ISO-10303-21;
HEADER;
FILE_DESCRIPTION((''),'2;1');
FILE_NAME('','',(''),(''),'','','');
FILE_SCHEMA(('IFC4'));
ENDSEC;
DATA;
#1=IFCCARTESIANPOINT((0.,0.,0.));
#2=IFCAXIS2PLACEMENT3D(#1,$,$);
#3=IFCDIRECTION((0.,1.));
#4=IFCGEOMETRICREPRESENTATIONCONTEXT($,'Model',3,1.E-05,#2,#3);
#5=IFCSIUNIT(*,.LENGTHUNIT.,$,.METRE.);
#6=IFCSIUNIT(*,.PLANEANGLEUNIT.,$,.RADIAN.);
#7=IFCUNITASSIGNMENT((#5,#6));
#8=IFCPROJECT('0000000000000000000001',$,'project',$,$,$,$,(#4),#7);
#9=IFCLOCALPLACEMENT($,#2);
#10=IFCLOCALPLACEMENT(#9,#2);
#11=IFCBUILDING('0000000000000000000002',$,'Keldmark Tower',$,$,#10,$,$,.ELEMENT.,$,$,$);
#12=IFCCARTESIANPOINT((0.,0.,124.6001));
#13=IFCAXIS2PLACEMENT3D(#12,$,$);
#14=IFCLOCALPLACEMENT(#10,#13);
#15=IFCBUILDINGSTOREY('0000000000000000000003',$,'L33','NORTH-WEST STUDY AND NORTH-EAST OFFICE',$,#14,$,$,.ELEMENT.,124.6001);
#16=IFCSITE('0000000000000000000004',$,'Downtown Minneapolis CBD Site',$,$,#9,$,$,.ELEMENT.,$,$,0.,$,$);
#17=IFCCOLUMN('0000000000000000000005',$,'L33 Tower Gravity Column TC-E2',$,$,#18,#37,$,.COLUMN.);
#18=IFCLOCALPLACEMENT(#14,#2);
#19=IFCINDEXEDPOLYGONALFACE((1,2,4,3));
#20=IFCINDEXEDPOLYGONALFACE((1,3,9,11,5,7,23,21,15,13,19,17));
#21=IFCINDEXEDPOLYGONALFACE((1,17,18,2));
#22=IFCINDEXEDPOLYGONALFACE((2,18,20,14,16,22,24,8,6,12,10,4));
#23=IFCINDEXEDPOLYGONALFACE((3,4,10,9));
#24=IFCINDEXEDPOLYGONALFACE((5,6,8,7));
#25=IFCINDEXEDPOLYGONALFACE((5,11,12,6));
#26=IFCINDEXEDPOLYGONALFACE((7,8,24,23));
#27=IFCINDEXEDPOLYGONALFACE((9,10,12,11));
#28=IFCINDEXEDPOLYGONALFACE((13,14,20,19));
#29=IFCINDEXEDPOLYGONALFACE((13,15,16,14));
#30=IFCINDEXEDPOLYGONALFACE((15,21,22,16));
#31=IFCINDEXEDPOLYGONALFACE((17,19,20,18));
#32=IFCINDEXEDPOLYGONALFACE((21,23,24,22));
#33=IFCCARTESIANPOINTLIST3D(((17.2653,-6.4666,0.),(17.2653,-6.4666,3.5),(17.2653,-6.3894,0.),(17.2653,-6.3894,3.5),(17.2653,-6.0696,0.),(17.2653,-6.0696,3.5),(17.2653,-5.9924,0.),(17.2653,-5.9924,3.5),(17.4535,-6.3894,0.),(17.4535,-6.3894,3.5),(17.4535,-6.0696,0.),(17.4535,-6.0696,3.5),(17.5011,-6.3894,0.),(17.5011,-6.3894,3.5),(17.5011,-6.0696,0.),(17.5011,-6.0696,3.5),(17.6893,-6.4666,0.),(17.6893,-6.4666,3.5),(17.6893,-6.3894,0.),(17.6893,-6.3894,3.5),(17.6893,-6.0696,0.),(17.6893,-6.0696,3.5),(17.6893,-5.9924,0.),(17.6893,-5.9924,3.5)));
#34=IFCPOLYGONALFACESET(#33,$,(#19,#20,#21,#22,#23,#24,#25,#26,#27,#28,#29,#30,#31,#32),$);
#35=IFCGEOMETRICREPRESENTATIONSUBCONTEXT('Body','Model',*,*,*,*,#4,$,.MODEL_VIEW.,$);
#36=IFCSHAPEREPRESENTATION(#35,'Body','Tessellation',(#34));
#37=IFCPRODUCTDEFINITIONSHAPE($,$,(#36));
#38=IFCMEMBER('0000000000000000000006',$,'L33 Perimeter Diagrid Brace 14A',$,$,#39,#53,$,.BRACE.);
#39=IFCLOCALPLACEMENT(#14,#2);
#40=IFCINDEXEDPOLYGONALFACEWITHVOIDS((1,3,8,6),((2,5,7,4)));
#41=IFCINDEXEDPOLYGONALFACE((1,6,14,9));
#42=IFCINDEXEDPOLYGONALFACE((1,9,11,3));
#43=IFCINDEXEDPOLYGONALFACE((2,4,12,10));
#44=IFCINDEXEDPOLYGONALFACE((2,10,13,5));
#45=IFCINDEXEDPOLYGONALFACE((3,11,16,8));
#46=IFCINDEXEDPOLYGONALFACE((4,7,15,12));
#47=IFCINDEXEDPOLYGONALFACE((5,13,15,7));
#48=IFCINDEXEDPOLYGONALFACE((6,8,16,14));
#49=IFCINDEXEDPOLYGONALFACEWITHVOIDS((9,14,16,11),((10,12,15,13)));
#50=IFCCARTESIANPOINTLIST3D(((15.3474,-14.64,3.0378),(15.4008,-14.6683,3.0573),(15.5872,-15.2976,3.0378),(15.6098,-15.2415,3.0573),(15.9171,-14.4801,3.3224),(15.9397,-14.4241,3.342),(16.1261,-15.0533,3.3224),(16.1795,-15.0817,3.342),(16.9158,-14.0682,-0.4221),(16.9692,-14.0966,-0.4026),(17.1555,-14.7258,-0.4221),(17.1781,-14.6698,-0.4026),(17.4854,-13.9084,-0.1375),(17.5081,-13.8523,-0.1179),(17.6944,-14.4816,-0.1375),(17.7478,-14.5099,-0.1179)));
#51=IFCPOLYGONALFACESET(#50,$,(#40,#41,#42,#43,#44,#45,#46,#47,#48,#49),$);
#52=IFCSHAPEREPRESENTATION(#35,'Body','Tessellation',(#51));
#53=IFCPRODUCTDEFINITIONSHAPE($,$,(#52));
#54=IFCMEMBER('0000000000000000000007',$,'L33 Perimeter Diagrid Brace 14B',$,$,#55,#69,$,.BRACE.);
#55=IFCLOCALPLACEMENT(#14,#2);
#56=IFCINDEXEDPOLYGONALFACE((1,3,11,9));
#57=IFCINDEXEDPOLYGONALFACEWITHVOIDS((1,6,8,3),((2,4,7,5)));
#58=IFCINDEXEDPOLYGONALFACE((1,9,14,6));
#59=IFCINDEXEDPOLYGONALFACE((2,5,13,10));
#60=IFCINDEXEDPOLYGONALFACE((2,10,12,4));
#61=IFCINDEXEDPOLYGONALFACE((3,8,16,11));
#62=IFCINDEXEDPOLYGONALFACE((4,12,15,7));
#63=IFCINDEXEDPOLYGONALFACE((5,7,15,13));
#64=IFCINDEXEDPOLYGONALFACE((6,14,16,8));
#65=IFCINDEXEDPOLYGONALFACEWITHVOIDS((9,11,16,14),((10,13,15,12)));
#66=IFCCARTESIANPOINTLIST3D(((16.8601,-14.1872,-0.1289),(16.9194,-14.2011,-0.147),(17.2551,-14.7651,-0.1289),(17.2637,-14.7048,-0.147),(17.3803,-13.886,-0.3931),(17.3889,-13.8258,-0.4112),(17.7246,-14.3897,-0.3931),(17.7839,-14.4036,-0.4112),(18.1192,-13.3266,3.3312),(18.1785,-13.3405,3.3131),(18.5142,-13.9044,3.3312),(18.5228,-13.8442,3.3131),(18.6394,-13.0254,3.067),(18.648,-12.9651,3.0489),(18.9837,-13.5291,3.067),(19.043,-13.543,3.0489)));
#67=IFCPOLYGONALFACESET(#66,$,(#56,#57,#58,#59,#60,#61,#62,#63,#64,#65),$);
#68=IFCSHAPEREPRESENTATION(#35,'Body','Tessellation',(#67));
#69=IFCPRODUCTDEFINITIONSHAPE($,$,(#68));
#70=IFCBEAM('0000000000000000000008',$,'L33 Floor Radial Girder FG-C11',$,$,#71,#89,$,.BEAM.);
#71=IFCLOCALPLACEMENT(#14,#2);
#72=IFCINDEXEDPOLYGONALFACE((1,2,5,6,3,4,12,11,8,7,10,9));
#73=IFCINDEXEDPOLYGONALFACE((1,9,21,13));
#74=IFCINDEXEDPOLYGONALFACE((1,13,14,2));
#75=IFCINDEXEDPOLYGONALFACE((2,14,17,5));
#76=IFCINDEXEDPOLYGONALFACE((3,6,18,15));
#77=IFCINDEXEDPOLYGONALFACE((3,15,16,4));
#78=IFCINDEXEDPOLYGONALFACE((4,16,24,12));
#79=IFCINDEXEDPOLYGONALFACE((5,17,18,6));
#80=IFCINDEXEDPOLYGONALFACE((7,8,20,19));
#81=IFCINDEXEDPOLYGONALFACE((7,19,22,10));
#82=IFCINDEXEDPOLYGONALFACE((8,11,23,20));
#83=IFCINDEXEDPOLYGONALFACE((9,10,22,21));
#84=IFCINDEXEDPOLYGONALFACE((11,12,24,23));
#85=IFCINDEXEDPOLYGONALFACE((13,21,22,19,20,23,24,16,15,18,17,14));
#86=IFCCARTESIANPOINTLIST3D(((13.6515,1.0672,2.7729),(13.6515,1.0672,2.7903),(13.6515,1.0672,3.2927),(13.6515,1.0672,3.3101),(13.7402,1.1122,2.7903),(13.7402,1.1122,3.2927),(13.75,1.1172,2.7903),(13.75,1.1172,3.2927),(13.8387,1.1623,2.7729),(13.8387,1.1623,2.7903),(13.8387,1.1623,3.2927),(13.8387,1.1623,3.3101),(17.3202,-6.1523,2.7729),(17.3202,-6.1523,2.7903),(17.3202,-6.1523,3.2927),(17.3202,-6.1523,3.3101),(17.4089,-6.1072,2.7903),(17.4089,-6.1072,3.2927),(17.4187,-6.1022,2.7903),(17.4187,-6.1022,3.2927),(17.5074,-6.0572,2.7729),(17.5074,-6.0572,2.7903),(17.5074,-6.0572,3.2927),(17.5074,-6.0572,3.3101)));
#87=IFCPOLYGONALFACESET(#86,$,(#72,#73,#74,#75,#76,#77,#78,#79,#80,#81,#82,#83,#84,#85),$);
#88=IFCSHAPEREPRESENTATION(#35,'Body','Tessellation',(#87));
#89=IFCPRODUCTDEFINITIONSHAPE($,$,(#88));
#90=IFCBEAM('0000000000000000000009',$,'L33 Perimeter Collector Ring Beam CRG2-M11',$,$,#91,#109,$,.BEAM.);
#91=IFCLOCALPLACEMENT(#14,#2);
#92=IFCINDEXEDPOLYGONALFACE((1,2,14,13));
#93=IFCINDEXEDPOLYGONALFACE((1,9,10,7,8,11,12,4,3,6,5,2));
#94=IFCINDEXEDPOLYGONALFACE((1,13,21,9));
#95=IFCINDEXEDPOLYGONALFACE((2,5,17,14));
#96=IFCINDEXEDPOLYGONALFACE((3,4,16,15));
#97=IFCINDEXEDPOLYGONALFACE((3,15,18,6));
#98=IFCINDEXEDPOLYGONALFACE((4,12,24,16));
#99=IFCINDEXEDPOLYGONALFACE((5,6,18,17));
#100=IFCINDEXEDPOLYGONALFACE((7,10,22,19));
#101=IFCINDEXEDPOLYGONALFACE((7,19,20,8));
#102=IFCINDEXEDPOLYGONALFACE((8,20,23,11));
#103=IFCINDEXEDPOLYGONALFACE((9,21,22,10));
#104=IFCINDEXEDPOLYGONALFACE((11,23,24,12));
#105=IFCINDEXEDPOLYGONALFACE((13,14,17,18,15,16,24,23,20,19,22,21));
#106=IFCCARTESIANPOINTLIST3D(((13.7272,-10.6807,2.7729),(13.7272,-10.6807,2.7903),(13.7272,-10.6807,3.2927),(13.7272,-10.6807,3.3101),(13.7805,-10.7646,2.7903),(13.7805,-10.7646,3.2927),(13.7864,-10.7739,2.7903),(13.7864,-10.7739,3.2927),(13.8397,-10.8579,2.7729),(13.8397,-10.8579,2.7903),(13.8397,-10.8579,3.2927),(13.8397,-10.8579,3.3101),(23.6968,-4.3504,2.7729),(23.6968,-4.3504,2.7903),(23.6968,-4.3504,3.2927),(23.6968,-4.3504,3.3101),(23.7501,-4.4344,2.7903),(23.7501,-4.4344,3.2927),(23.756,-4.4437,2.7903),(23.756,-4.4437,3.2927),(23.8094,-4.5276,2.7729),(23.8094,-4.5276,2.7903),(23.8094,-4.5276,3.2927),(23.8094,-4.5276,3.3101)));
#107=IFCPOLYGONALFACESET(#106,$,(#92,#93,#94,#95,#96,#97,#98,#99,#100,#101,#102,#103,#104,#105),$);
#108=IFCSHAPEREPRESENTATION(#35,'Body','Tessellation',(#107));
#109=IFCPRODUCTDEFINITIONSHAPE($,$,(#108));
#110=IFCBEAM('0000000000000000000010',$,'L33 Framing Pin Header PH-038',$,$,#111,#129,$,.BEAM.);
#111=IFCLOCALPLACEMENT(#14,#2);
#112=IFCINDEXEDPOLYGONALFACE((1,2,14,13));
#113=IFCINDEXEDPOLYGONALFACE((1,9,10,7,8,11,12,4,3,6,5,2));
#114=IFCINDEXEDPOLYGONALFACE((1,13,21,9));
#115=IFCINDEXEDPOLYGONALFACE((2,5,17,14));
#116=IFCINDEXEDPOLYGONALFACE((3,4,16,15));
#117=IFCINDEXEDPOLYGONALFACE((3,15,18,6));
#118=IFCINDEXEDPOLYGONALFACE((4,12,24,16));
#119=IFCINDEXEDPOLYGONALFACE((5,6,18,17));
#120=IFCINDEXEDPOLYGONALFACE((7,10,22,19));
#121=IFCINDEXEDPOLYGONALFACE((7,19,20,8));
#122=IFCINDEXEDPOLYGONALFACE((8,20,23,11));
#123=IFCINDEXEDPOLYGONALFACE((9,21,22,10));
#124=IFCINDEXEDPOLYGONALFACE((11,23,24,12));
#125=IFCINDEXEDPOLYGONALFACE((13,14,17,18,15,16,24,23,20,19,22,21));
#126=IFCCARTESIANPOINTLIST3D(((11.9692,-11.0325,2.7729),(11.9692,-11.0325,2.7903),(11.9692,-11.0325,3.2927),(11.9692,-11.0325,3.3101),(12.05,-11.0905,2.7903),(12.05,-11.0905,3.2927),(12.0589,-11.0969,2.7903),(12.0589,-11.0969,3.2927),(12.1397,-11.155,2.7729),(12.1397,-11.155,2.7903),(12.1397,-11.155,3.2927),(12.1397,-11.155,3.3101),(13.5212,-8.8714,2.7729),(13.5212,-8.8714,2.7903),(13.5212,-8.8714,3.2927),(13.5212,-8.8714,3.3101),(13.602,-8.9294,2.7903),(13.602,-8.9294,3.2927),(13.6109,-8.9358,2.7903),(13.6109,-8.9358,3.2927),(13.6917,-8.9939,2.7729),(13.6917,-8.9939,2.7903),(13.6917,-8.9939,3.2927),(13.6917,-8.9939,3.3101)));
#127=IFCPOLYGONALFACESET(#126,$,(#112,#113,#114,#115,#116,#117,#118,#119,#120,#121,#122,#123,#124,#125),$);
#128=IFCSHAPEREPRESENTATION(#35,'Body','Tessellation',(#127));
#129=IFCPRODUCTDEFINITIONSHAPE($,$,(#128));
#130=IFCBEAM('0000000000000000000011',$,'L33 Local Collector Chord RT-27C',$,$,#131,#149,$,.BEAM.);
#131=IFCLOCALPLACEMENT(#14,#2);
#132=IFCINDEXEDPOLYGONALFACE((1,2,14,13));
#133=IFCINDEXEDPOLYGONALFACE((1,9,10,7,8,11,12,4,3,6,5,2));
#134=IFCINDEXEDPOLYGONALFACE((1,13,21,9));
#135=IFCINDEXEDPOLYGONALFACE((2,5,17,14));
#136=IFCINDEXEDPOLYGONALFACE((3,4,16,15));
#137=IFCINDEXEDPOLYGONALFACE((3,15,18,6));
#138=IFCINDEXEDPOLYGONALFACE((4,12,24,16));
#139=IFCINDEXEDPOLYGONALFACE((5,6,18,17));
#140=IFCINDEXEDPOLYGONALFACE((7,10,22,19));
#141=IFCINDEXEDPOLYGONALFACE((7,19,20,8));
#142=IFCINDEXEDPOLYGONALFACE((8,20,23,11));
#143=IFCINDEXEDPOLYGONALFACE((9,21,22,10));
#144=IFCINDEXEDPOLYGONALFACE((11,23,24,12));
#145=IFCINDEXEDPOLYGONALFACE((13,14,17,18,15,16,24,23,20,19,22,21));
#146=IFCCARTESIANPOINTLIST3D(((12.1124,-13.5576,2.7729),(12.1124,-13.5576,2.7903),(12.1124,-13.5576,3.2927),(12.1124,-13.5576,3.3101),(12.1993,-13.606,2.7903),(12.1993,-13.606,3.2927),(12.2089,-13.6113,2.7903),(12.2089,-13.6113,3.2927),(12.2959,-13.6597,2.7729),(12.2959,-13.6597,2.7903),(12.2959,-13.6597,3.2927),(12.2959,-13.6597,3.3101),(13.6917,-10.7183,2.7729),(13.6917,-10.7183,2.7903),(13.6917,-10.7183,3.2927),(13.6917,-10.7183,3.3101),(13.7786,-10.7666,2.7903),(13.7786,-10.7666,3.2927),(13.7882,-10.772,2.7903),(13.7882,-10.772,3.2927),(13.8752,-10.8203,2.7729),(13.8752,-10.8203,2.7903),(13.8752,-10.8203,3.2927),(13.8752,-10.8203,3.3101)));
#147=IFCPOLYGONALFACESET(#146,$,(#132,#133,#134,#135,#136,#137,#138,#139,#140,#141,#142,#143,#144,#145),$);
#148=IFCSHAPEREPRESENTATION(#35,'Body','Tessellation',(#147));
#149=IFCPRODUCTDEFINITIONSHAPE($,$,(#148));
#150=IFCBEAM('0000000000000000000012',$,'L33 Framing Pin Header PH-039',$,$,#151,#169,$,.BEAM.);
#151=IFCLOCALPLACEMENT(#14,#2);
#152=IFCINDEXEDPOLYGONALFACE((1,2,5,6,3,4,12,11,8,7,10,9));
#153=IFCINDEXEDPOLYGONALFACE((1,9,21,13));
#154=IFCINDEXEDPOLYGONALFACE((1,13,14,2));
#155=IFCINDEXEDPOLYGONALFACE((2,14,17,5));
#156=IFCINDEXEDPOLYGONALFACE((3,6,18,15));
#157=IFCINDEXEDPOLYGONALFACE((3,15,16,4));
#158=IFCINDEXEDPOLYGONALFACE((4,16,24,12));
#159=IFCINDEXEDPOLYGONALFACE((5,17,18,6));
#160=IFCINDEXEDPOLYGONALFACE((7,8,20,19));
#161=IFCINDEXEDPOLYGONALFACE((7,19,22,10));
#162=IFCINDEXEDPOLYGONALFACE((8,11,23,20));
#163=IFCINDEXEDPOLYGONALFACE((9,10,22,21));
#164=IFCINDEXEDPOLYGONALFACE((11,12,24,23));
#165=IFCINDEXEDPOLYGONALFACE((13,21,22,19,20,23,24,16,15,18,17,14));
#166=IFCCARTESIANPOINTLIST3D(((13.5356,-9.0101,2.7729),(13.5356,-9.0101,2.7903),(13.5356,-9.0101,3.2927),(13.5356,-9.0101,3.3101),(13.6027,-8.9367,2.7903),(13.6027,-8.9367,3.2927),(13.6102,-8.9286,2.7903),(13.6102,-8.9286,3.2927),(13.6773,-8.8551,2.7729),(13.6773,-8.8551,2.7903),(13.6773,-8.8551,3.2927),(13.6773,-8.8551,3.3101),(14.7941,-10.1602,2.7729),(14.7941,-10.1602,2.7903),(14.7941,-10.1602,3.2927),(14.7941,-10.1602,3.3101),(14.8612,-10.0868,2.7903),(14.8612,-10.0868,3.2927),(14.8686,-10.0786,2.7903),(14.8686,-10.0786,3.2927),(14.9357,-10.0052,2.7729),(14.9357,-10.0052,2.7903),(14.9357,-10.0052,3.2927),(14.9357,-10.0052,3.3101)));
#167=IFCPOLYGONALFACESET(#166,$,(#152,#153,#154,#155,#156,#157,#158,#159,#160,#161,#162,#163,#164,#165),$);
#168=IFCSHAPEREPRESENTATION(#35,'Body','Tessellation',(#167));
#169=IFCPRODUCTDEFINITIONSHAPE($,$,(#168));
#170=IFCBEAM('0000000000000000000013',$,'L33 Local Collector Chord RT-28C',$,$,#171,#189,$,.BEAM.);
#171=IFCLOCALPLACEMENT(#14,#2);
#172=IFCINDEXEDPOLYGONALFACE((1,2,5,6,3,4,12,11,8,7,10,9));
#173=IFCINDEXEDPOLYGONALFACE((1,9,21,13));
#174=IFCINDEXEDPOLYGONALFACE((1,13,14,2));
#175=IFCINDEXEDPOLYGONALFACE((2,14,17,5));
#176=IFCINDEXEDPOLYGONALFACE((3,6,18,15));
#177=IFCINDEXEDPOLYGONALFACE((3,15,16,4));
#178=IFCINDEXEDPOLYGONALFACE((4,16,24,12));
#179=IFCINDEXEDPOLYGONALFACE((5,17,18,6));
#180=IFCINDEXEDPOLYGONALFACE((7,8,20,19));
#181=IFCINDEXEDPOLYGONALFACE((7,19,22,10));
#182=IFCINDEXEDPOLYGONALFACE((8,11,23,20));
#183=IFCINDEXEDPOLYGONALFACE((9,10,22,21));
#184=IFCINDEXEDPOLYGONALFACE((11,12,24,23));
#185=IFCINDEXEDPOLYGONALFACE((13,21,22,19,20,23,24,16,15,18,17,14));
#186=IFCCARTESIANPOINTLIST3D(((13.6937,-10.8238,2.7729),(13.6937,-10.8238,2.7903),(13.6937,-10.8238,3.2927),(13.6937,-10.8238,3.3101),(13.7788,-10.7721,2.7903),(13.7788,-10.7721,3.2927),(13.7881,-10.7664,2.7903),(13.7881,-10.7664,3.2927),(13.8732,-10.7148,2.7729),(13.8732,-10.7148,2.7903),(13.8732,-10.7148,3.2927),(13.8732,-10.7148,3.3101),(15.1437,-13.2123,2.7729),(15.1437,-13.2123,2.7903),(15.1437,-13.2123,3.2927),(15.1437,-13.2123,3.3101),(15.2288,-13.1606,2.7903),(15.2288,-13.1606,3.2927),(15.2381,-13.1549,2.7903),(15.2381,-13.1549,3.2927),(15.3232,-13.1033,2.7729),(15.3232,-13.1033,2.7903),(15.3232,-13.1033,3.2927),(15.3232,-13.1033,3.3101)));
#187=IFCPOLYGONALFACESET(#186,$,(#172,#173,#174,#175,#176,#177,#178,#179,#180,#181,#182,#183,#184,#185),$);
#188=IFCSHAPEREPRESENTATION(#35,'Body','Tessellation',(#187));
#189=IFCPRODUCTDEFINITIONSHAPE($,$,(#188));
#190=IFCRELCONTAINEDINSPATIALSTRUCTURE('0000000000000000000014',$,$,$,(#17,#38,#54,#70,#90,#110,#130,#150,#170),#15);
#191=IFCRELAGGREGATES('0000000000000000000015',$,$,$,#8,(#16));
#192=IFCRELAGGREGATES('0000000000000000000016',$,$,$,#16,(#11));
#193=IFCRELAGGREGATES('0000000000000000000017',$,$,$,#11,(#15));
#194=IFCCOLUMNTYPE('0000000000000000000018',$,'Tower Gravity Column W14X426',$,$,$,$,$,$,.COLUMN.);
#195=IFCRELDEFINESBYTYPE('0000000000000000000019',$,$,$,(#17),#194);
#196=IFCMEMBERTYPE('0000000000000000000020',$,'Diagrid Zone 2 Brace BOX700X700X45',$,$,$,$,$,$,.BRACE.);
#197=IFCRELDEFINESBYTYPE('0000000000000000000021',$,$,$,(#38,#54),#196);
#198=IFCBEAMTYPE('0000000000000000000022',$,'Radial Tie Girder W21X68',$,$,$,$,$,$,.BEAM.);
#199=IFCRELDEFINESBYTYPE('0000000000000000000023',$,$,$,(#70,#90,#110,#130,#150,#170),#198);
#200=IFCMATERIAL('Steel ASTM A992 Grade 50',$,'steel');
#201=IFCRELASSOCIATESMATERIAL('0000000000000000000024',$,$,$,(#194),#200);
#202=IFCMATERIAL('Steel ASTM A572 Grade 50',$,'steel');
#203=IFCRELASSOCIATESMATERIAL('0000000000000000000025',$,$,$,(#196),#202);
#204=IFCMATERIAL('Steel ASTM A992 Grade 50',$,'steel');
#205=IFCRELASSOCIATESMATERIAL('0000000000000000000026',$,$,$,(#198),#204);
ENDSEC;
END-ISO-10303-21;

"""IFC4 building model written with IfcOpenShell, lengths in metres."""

from ifc_helpers import new_model, si_unit, direction, frame, origin, origin_2d, place, context, subcontext, project, spatial, hollow_rectangle, i_section, extrude, material, material_profile, profile_set, type_object, element, save


model = new_model("IFC4")

# Units and contexts
model_context = context("Model", 3, precision=1e-05, world=origin(), true_north=direction((0.0, 1.0)))
body_context = subcontext(model_context, "Body", "Model", "MODEL_VIEW")
ifc_project = project(units=[si_unit("LENGTHUNIT", "METRE"), si_unit("PLANEANGLEUNIT", "RADIAN")], contexts=[model_context])

# Site, building, storey
site_placement = place(None, origin())
site = spatial("IfcSite", under=ifc_project, at=site_placement, Name="Downtown Minneapolis CBD Site", CompositionType="ELEMENT", RefElevation=0.0)
building_placement = place(site_placement, origin())
building = spatial("IfcBuilding", under=site, at=building_placement, Name="Keldmark Tower", CompositionType="ELEMENT")
storey_placement = place(building_placement, frame((0.0, 0.0, 124.6001)))
storey = spatial("IfcBuildingStorey", under=building, at=storey_placement, Name="L33", Description="NORTH-WEST STUDY AND NORTH-EAST OFFICE", CompositionType="ELEMENT", Elevation=124.6001)

# Column
ifc_material_1 = material(Name="Steel ASTM A992 Grade 50", Category="steel")
ifc_material_profile_1 = material_profile(ifc_material_1, i_section(OverallWidth=0.4241, OverallDepth=0.4741, WebThickness=0.0476, FlangeThickness=0.0771, at=origin_2d()), Name="W14X426")
ifc_profile_set_1 = profile_set([ifc_material_profile_1], Name="Steel ASTM A992 Grade 50")
column_type = type_object("IfcColumnType", Name="Tower Gravity Column W14X426", PredefinedType="COLUMN", material=ifc_profile_set_1)
column_placement = place(storey_placement, frame((17.4773, -6.2295, 0.0), z_axis=(0.0, 0.0, 1.0), x_axis=(1.0, 0.0, 0.0)))
element("IfcColumn", 1, at=column_placement, inside=storey, type_object=column_type, Name="L33 Tower Gravity Column TC-E2", PredefinedType="COLUMN", context=body_context, shape_type="SweptSolid", body=[
    extrude(i_section(OverallWidth=0.4241, OverallDepth=0.4741, WebThickness=0.0476, FlangeThickness=0.0771, at=origin_2d()), origin(), (0.0, 0.0, 1.0), 3.5),
])

# Members
ifc_material_2 = material(Name="Steel ASTM A572 Grade 50", Category="steel")
ifc_material_profile_2 = material_profile(ifc_material_2, hollow_rectangle(XDim=0.7, YDim=0.7, WallThickness=0.0449, at=origin_2d()), Name="BOX700X700X45")
ifc_profile_set_2 = profile_set([ifc_material_profile_2], Name="Steel ASTM A572 Grade 50")
member_type = type_object("IfcMemberType", Name="Diagrid Zone 2 Brace BOX700X700X45", PredefinedType="BRACE", material=ifc_profile_set_2)
member_1_placement = place(storey_placement, frame((17.3318, -14.2891, -0.27), z_axis=(-0.408255, -0.148838, 0.900653), x_axis=(0.342518, -0.939511, 0.0)))
element("IfcMember", 2, at=member_1_placement, inside=storey, type_object=member_type, Name="L33 Perimeter Diagrid Brace 14A", PredefinedType="BRACE", context=body_context, shape_type="SweptSolid", body=[
    extrude(hollow_rectangle(XDim=0.7, YDim=0.7, WallThickness=0.0449, at=origin_2d()), origin(), (0.0, 0.0, 1.0), 3.8416),
])
member_2_placement = place(storey_placement, frame((17.322, -14.2954, -0.27), z_axis=(0.332976, 0.227601, 0.915054), x_axis=(-0.564305, 0.825566, 0.0)))
element("IfcMember", 3, at=member_2_placement, inside=storey, type_object=member_type, Name="L33 Perimeter Diagrid Brace 14B", PredefinedType="BRACE", context=body_context, shape_type="SweptSolid", body=[
    extrude(hollow_rectangle(XDim=0.7, YDim=0.7, WallThickness=0.0449, at=origin_2d()), origin(), (0.0, 0.0, 1.0), 3.7812),
])

# Beams
ifc_material_3 = material(Name="Steel ASTM A992 Grade 50", Category="steel")
ifc_material_profile_3 = material_profile(ifc_material_3, i_section(OverallWidth=0.21, OverallDepth=0.5371, WebThickness=0.011, FlangeThickness=0.0173, at=origin_2d()), Name="W21X68")
ifc_profile_set_3 = profile_set([ifc_material_profile_3], Name="Steel ASTM A992 Grade 50")
beam_type_1 = type_object("IfcBeamType", Name="Radial Tie Girder W21X68", PredefinedType="BEAM", material=ifc_profile_set_3)
beam_1_placement = place(storey_placement, frame((17.4138, -6.1047, 3.0415), z_axis=(-0.453029, 0.891496, 0.0), x_axis=(-0.891496, -0.453029, 0.0)))
element("IfcBeam", 4, at=beam_1_placement, inside=storey, type_object=beam_type_1, Name="L33 Floor Radial Girder FG-C11", PredefinedType="BEAM", context=body_context, shape_type="SweptSolid", body=[
    extrude(i_section(OverallWidth=0.21, OverallDepth=0.5371, WebThickness=0.011, FlangeThickness=0.0173, at=origin_2d()), origin(), (0.0, 0.0, 1.0), 8.0981),
])
beam_2_placement = place(storey_placement, frame((13.7834, -10.7693, 3.0415), z_axis=(0.8442, 0.536028, 0.0), x_axis=(-0.536028, 0.8442, 0.0)))
element("IfcBeam", 5, at=beam_2_placement, inside=storey, type_object=beam_type_1, Name="L33 Perimeter Collector Ring Beam CRG2-M11", PredefinedType="BEAM", context=body_context, shape_type="SweptSolid", body=[
    extrude(i_section(OverallWidth=0.21, OverallDepth=0.5371, WebThickness=0.011, FlangeThickness=0.0173, at=origin_2d()), origin(), (0.0, 0.0, 1.0), 11.8096),
])
beam_3_placement = place(storey_placement, frame((13.6064, -8.9326, 3.0415), z_axis=(-0.583311, -0.812249, 0.0), x_axis=(0.812249, -0.583311, 0.0)))
element("IfcBeam", 6, at=beam_3_placement, inside=storey, type_object=beam_type_1, Name="L33 Framing Pin Header PH-038", PredefinedType="BEAM", context=body_context, shape_type="SweptSolid", body=[
    extrude(i_section(OverallWidth=0.21, OverallDepth=0.5371, WebThickness=0.011, FlangeThickness=0.0173, at=origin_2d()), origin(), (0.0, 0.0, 1.0), 2.6606),
])
beam_4_placement = place(storey_placement, frame((13.7834, -10.7693, 3.0415), z_axis=(-0.486096, -0.873906, 0.0), x_axis=(0.873906, -0.486096, 0.0)))
element("IfcBeam", 7, at=beam_4_placement, inside=storey, type_object=beam_type_1, Name="L33 Local Collector Chord RT-27C", PredefinedType="BEAM", context=body_context, shape_type="SweptSolid", body=[
    extrude(i_section(OverallWidth=0.21, OverallDepth=0.5371, WebThickness=0.011, FlangeThickness=0.0173, at=origin_2d()), origin(), (0.0, 0.0, 1.0), 3.249),
])
beam_5_placement = place(storey_placement, frame((13.6064, -8.9326, 3.0415), z_axis=(0.738182, -0.674602, 0.0), x_axis=(0.674602, 0.738182, 0.0)))
element("IfcBeam", 8, at=beam_5_placement, inside=storey, type_object=beam_type_1, Name="L33 Framing Pin Header PH-039", PredefinedType="BEAM", context=body_context, shape_type="SweptSolid", body=[
    extrude(i_section(OverallWidth=0.21, OverallDepth=0.5371, WebThickness=0.011, FlangeThickness=0.0173, at=origin_2d()), origin(), (0.0, 0.0, 1.0), 1.7048),
])
beam_6_placement = place(storey_placement, frame((13.7834, -10.7693, 3.0415), z_axis=(0.518935, -0.854814, 0.0), x_axis=(0.854814, 0.518935, 0.0)))
element("IfcBeam", 9, at=beam_6_placement, inside=storey, type_object=beam_type_1, Name="L33 Local Collector Chord RT-28C", PredefinedType="BEAM", context=body_context, shape_type="SweptSolid", body=[
    extrude(i_section(OverallWidth=0.21, OverallDepth=0.5371, WebThickness=0.011, FlangeThickness=0.0173, at=origin_2d()), origin(), (0.0, 0.0, 1.0), 2.7942),
])

save(model, "model.ifc")
